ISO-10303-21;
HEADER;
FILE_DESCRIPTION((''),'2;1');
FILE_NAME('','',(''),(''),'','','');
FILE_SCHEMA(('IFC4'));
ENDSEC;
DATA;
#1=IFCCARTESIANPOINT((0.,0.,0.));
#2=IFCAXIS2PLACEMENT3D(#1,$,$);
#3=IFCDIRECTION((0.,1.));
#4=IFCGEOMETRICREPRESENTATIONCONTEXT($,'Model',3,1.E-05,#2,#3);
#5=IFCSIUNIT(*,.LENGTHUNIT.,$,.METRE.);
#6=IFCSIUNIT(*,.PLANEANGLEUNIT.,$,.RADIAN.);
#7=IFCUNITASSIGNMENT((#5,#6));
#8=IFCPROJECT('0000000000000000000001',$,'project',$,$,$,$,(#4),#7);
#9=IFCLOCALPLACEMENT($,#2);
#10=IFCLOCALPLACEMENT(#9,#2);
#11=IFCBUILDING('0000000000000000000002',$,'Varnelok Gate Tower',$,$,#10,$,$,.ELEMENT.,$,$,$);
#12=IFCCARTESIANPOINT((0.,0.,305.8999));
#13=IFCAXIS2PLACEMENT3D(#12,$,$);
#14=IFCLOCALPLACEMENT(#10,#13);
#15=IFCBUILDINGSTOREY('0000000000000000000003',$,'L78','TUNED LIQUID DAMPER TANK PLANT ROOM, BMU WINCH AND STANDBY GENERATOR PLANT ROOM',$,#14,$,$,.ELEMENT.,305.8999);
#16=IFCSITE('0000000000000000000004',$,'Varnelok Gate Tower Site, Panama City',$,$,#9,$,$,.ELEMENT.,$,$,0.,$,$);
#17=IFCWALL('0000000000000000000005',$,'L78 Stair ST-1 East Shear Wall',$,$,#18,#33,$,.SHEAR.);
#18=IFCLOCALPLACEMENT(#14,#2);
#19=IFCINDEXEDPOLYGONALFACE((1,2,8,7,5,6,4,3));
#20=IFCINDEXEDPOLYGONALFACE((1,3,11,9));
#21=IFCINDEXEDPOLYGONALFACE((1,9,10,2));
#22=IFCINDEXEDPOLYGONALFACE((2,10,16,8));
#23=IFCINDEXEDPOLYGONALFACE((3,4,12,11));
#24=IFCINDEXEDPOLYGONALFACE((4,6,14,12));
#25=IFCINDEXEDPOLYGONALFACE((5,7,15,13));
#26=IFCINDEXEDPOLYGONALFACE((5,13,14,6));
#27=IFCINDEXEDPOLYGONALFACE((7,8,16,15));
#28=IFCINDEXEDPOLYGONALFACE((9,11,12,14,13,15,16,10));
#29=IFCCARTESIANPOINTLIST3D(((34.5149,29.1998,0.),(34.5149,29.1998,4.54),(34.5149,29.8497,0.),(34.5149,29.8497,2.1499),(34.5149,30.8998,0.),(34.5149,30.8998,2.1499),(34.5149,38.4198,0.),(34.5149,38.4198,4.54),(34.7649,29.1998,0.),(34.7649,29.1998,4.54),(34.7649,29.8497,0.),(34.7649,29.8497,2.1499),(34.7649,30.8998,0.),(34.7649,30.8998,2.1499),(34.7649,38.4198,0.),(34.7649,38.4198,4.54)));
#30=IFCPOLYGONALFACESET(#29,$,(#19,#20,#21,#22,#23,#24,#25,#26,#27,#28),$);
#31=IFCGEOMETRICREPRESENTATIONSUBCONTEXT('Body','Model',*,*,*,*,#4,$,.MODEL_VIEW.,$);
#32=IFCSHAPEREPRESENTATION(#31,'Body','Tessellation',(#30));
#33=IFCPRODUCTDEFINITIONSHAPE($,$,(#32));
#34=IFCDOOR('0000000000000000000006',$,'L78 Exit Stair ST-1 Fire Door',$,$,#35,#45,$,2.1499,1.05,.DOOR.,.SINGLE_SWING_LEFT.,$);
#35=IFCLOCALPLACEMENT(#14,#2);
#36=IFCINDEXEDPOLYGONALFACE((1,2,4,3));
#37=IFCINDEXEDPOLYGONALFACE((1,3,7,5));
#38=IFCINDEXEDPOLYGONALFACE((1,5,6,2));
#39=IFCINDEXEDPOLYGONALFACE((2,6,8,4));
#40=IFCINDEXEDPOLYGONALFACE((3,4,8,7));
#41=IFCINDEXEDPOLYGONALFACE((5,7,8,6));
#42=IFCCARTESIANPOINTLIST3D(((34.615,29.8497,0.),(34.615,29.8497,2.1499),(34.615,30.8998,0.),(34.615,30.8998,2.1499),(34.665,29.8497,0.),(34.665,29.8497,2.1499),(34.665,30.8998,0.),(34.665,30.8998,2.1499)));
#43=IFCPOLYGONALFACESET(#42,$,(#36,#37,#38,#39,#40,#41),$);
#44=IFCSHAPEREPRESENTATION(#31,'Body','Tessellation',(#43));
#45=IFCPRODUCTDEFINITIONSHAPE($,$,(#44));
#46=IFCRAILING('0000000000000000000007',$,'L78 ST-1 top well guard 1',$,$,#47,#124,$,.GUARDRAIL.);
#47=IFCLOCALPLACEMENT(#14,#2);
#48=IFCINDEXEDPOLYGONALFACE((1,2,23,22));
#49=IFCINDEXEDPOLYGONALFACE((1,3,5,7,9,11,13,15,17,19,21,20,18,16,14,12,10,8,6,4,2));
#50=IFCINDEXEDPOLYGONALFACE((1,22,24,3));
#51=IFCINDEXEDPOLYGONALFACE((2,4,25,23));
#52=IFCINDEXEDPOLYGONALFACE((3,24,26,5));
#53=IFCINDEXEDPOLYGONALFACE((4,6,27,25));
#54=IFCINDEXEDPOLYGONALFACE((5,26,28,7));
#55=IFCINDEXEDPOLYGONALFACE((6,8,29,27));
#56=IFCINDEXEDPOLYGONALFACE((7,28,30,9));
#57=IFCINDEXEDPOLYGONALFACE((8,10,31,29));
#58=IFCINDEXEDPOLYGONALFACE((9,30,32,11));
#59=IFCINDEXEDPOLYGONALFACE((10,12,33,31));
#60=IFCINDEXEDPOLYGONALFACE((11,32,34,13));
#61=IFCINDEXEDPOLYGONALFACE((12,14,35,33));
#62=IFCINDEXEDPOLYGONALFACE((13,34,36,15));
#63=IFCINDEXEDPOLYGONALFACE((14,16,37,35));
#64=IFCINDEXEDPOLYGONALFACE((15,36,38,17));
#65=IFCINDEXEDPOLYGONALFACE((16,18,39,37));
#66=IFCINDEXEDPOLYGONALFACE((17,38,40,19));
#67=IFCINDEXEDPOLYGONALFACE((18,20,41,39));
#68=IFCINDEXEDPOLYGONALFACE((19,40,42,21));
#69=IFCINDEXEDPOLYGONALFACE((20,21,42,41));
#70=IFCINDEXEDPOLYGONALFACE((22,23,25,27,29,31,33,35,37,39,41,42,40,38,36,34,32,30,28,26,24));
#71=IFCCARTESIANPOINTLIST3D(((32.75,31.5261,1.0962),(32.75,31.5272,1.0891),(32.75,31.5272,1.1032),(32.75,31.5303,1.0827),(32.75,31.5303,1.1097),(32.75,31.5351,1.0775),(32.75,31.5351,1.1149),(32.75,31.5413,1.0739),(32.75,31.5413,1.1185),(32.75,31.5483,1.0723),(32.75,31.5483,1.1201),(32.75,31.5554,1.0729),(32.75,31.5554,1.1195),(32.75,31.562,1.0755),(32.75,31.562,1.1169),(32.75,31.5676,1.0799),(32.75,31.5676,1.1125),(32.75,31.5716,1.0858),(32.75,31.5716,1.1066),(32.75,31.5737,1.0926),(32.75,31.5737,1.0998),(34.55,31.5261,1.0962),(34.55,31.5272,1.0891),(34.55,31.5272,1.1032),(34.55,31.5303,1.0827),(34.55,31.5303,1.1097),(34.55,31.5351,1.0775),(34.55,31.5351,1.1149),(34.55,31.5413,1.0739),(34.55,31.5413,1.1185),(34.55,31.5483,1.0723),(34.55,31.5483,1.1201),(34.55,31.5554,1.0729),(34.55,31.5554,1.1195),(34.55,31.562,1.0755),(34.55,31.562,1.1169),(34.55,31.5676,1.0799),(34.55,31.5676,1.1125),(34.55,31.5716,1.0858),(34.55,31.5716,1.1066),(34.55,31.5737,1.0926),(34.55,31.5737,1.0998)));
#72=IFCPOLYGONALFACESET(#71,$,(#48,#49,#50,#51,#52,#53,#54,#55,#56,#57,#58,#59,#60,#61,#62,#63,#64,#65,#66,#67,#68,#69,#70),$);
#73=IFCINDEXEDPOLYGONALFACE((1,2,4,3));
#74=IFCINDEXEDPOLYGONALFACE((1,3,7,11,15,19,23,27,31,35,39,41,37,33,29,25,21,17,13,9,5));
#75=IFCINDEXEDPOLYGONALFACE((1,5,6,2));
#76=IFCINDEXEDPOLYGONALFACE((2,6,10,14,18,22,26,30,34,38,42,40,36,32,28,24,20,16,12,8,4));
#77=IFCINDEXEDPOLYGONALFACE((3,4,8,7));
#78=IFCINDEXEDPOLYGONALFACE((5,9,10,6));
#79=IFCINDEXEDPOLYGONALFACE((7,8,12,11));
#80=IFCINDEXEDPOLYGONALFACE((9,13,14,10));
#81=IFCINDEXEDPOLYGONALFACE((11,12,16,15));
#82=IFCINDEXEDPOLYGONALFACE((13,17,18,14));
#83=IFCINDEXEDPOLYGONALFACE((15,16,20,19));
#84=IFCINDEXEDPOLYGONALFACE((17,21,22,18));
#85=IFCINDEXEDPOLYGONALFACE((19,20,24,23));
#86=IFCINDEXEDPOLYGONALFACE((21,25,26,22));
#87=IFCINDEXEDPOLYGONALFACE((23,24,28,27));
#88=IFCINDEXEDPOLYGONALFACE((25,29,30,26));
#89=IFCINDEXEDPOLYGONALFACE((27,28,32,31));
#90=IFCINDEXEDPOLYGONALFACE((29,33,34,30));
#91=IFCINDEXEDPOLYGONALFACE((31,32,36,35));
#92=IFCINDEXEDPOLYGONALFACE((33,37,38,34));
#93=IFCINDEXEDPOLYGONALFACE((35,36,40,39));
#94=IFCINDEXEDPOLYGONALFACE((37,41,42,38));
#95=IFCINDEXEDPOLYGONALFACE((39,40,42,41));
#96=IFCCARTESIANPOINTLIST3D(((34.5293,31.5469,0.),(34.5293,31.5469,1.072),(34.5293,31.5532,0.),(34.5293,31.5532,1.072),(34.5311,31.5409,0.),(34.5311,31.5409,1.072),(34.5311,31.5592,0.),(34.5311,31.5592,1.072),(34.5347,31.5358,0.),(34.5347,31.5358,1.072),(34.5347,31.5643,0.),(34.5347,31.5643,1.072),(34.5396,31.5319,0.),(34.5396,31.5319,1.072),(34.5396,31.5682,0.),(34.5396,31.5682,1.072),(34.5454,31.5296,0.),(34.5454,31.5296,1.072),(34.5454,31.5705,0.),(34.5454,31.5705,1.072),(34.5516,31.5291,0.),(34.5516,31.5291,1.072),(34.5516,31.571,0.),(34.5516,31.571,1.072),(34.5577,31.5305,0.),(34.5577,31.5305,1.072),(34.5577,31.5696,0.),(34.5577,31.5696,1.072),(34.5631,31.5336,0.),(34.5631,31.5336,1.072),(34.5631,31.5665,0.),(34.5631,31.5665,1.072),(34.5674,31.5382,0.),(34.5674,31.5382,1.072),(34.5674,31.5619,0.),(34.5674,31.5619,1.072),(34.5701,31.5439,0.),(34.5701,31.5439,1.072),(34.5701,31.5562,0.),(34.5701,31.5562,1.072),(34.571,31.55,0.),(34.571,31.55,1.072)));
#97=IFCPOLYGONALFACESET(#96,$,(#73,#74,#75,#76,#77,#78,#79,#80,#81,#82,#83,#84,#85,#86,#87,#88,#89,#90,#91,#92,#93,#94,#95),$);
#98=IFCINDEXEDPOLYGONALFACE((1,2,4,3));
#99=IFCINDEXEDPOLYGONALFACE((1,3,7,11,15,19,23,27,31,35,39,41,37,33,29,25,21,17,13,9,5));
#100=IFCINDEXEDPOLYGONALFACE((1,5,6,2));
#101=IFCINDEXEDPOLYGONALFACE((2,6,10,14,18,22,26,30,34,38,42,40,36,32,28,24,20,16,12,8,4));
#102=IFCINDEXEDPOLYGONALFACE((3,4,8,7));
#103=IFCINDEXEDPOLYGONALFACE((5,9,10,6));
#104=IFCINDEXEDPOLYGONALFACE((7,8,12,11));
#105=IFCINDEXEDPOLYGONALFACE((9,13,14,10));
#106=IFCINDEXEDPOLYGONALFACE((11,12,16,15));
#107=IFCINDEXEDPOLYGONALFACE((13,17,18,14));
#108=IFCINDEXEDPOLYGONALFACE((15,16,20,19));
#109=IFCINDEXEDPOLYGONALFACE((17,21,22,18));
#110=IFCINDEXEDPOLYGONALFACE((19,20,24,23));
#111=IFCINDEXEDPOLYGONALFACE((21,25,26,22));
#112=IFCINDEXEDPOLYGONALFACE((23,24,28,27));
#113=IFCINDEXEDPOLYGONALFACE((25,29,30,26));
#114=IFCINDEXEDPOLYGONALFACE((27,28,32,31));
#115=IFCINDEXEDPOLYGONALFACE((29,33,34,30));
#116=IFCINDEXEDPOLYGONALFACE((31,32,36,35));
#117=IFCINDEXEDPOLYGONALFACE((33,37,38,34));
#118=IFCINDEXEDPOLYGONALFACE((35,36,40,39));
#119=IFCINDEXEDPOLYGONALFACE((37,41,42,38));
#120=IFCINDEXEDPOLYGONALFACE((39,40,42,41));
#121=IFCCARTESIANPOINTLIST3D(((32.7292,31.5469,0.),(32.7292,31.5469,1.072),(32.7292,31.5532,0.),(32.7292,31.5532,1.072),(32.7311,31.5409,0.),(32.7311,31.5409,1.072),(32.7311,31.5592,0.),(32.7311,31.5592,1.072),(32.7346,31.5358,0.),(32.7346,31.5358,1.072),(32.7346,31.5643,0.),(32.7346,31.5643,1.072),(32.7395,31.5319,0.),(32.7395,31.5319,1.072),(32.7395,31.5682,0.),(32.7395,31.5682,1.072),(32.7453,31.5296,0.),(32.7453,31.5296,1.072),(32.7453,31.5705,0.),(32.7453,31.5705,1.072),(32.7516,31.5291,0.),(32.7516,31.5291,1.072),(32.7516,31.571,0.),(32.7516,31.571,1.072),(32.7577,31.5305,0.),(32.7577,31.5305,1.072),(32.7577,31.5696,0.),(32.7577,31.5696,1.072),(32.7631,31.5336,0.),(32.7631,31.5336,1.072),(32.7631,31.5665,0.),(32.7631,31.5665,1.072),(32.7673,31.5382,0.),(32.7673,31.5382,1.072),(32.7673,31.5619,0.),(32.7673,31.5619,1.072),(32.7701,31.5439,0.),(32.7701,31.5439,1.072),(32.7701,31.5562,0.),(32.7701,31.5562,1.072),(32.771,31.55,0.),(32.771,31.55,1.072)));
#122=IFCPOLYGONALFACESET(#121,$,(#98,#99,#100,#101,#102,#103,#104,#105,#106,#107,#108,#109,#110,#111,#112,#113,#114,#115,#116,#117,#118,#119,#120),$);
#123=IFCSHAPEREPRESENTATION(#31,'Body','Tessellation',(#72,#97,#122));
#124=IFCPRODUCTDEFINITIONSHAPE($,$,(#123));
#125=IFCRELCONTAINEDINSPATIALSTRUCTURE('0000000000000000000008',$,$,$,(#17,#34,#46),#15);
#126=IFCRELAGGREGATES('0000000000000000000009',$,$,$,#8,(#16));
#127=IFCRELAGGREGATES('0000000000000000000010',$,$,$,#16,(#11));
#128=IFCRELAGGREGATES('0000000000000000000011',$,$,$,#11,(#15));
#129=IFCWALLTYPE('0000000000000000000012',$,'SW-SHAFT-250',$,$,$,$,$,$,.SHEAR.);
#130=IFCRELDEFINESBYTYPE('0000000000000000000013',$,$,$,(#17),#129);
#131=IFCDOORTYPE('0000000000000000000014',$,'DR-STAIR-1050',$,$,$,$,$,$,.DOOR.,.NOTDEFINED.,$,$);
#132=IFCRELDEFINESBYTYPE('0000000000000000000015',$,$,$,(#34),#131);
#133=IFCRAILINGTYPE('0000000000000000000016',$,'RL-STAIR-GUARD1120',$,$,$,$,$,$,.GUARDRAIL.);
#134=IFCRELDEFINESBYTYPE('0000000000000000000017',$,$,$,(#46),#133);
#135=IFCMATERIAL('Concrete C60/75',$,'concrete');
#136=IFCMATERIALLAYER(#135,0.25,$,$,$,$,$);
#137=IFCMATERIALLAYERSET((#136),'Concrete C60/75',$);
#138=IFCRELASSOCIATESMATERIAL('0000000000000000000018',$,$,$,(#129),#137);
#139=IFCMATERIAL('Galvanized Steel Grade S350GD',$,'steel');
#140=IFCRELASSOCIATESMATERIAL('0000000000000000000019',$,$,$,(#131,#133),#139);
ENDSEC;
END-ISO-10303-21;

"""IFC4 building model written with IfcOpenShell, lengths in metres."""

from ifc_helpers import new_model, si_unit, direction, frame, frame_2d, origin, origin_2d, place, context, subcontext, project, spatial, rectangle, circle, extrude, material, layer, layer_set, type_object, element, fill, save


model = new_model("IFC4")

# Units and contexts
model_context = context("Model", 3, precision=1e-05, world=origin(), true_north=direction((0.0, 1.0)))
body_context = subcontext(model_context, "Body", "Model", "MODEL_VIEW")
ifc_project = project(units=[si_unit("LENGTHUNIT", "METRE"), si_unit("PLANEANGLEUNIT", "RADIAN")], contexts=[model_context])

# Site, building, storey
site_placement = place(None, origin())
site = spatial("IfcSite", under=ifc_project, at=site_placement, Name="Varnelok Gate Tower Site, Panama City", CompositionType="ELEMENT", RefElevation=0.0)
building_placement = place(site_placement, origin())
building = spatial("IfcBuilding", under=site, at=building_placement, Name="Varnelok Gate Tower", CompositionType="ELEMENT")
storey_placement = place(building_placement, frame((0.0, 0.0, 305.8999)))
storey = spatial("IfcBuildingStorey", under=building, at=storey_placement, Name="L78", Description="TUNED LIQUID DAMPER TANK PLANT ROOM, BMU WINCH AND STANDBY GENERATOR PLANT ROOM", CompositionType="ELEMENT", Elevation=305.8999)

# Shared definitions
ifc_material_1 = material(Name="Concrete C60/75", Category="concrete")

# Wall, opening, door
ifc_layer_1 = layer(ifc_material_1, 0.25)
ifc_layer_set_1 = layer_set([ifc_layer_1], Name="Concrete C60/75")
wall_type_1 = type_object("IfcWallType", Name="SW-SHAFT-250", PredefinedType="SHEAR", material=ifc_layer_set_1)
wall_1_placement = place(storey_placement, frame((34.6399, 29.2, 0.0), z_axis=(0.0, 0.0, 1.0), x_axis=(0.0, 1.0, 0.0)))
wall_1 = element("IfcWall", 1, at=wall_1_placement, inside=storey, type_object=wall_type_1, Name="L78 Stair ST-1 East Shear Wall", PredefinedType="SHEAR", context=body_context, shape_type="SweptSolid", body=[
    extrude(rectangle(XDim=9.22, YDim=0.25, at=frame_2d((4.6099, 0.0))), origin(), (0.0, 0.0, 1.0), 4.54),
])
opening_1_placement = place(wall_1_placement, frame((0.6499, 0.0, 0.0)))
opening_1 = element("IfcOpeningElement", 2, at=opening_1_placement, cuts=wall_1, PredefinedType="OPENING", context=body_context, shape_type="SweptSolid", body=[
    extrude(rectangle(XDim=1.05, YDim=2.1499, at=frame_2d((0.5249, 1.075))), frame((0.0, 0.135, 0.0), z_axis=(0.0, -1.0, 0.0), x_axis=(1.0, 0.0, 0.0)), (0.0, 0.0, 1.0), 0.27),
])
ifc_material_2 = material(Name="Galvanized Steel Grade S350GD", Category="steel")
door_type_1 = type_object("IfcDoorType", Name="DR-STAIR-1050", OperationType="NOTDEFINED", PredefinedType="DOOR", material=ifc_material_2)
door_1_placement = place(opening_1_placement, origin())
door_1 = element("IfcDoor", 3, at=door_1_placement, inside=storey, type_object=door_type_1, Name="L78 Exit Stair ST-1 Fire Door", OperationType="SINGLE_SWING_LEFT", OverallHeight=2.1499, OverallWidth=1.05, PredefinedType="DOOR", context=body_context, shape_type="SweptSolid", body=[
    extrude(rectangle(XDim=1.05, YDim=2.1499, at=frame_2d((0.5249, 1.075))), frame((0.0, 0.0249, 0.0), z_axis=(0.0, -1.0, 0.0), x_axis=(1.0, 0.0, 0.0)), (0.0, 0.0, 1.0), 0.05),
])
fill(opening_1, door_1)

# Railing
railing_type = type_object("IfcRailingType", Name="RL-STAIR-GUARD1120", PredefinedType="GUARDRAIL", material=ifc_material_2)
railing_placement = place(storey_placement, frame((34.55, 31.55, 0.0)))
element("IfcRailing", 4, at=railing_placement, inside=storey, type_object=railing_type, Name="L78 ST-1 top well guard 1", PredefinedType="GUARDRAIL", context=body_context, shape_type="SweptSolid", body=[
    extrude(circle(Radius=0.0239, at=origin_2d()), frame((0.0, 0.0, 1.0962), z_axis=(-1.0, 0.0, 0.0), x_axis=(0.0, -1.0, 0.0)), (0.0, 0.0, 1.0), 1.8),
    extrude(circle(Radius=0.021, at=origin_2d()), origin(), (0.0, 0.0, 1.0), 1.072),
    extrude(circle(Radius=0.021, at=origin_2d()), frame((-1.8, 0.0, 0.0)), (0.0, 0.0, 1.0), 1.072),
])

save(model, "model.ifc")
